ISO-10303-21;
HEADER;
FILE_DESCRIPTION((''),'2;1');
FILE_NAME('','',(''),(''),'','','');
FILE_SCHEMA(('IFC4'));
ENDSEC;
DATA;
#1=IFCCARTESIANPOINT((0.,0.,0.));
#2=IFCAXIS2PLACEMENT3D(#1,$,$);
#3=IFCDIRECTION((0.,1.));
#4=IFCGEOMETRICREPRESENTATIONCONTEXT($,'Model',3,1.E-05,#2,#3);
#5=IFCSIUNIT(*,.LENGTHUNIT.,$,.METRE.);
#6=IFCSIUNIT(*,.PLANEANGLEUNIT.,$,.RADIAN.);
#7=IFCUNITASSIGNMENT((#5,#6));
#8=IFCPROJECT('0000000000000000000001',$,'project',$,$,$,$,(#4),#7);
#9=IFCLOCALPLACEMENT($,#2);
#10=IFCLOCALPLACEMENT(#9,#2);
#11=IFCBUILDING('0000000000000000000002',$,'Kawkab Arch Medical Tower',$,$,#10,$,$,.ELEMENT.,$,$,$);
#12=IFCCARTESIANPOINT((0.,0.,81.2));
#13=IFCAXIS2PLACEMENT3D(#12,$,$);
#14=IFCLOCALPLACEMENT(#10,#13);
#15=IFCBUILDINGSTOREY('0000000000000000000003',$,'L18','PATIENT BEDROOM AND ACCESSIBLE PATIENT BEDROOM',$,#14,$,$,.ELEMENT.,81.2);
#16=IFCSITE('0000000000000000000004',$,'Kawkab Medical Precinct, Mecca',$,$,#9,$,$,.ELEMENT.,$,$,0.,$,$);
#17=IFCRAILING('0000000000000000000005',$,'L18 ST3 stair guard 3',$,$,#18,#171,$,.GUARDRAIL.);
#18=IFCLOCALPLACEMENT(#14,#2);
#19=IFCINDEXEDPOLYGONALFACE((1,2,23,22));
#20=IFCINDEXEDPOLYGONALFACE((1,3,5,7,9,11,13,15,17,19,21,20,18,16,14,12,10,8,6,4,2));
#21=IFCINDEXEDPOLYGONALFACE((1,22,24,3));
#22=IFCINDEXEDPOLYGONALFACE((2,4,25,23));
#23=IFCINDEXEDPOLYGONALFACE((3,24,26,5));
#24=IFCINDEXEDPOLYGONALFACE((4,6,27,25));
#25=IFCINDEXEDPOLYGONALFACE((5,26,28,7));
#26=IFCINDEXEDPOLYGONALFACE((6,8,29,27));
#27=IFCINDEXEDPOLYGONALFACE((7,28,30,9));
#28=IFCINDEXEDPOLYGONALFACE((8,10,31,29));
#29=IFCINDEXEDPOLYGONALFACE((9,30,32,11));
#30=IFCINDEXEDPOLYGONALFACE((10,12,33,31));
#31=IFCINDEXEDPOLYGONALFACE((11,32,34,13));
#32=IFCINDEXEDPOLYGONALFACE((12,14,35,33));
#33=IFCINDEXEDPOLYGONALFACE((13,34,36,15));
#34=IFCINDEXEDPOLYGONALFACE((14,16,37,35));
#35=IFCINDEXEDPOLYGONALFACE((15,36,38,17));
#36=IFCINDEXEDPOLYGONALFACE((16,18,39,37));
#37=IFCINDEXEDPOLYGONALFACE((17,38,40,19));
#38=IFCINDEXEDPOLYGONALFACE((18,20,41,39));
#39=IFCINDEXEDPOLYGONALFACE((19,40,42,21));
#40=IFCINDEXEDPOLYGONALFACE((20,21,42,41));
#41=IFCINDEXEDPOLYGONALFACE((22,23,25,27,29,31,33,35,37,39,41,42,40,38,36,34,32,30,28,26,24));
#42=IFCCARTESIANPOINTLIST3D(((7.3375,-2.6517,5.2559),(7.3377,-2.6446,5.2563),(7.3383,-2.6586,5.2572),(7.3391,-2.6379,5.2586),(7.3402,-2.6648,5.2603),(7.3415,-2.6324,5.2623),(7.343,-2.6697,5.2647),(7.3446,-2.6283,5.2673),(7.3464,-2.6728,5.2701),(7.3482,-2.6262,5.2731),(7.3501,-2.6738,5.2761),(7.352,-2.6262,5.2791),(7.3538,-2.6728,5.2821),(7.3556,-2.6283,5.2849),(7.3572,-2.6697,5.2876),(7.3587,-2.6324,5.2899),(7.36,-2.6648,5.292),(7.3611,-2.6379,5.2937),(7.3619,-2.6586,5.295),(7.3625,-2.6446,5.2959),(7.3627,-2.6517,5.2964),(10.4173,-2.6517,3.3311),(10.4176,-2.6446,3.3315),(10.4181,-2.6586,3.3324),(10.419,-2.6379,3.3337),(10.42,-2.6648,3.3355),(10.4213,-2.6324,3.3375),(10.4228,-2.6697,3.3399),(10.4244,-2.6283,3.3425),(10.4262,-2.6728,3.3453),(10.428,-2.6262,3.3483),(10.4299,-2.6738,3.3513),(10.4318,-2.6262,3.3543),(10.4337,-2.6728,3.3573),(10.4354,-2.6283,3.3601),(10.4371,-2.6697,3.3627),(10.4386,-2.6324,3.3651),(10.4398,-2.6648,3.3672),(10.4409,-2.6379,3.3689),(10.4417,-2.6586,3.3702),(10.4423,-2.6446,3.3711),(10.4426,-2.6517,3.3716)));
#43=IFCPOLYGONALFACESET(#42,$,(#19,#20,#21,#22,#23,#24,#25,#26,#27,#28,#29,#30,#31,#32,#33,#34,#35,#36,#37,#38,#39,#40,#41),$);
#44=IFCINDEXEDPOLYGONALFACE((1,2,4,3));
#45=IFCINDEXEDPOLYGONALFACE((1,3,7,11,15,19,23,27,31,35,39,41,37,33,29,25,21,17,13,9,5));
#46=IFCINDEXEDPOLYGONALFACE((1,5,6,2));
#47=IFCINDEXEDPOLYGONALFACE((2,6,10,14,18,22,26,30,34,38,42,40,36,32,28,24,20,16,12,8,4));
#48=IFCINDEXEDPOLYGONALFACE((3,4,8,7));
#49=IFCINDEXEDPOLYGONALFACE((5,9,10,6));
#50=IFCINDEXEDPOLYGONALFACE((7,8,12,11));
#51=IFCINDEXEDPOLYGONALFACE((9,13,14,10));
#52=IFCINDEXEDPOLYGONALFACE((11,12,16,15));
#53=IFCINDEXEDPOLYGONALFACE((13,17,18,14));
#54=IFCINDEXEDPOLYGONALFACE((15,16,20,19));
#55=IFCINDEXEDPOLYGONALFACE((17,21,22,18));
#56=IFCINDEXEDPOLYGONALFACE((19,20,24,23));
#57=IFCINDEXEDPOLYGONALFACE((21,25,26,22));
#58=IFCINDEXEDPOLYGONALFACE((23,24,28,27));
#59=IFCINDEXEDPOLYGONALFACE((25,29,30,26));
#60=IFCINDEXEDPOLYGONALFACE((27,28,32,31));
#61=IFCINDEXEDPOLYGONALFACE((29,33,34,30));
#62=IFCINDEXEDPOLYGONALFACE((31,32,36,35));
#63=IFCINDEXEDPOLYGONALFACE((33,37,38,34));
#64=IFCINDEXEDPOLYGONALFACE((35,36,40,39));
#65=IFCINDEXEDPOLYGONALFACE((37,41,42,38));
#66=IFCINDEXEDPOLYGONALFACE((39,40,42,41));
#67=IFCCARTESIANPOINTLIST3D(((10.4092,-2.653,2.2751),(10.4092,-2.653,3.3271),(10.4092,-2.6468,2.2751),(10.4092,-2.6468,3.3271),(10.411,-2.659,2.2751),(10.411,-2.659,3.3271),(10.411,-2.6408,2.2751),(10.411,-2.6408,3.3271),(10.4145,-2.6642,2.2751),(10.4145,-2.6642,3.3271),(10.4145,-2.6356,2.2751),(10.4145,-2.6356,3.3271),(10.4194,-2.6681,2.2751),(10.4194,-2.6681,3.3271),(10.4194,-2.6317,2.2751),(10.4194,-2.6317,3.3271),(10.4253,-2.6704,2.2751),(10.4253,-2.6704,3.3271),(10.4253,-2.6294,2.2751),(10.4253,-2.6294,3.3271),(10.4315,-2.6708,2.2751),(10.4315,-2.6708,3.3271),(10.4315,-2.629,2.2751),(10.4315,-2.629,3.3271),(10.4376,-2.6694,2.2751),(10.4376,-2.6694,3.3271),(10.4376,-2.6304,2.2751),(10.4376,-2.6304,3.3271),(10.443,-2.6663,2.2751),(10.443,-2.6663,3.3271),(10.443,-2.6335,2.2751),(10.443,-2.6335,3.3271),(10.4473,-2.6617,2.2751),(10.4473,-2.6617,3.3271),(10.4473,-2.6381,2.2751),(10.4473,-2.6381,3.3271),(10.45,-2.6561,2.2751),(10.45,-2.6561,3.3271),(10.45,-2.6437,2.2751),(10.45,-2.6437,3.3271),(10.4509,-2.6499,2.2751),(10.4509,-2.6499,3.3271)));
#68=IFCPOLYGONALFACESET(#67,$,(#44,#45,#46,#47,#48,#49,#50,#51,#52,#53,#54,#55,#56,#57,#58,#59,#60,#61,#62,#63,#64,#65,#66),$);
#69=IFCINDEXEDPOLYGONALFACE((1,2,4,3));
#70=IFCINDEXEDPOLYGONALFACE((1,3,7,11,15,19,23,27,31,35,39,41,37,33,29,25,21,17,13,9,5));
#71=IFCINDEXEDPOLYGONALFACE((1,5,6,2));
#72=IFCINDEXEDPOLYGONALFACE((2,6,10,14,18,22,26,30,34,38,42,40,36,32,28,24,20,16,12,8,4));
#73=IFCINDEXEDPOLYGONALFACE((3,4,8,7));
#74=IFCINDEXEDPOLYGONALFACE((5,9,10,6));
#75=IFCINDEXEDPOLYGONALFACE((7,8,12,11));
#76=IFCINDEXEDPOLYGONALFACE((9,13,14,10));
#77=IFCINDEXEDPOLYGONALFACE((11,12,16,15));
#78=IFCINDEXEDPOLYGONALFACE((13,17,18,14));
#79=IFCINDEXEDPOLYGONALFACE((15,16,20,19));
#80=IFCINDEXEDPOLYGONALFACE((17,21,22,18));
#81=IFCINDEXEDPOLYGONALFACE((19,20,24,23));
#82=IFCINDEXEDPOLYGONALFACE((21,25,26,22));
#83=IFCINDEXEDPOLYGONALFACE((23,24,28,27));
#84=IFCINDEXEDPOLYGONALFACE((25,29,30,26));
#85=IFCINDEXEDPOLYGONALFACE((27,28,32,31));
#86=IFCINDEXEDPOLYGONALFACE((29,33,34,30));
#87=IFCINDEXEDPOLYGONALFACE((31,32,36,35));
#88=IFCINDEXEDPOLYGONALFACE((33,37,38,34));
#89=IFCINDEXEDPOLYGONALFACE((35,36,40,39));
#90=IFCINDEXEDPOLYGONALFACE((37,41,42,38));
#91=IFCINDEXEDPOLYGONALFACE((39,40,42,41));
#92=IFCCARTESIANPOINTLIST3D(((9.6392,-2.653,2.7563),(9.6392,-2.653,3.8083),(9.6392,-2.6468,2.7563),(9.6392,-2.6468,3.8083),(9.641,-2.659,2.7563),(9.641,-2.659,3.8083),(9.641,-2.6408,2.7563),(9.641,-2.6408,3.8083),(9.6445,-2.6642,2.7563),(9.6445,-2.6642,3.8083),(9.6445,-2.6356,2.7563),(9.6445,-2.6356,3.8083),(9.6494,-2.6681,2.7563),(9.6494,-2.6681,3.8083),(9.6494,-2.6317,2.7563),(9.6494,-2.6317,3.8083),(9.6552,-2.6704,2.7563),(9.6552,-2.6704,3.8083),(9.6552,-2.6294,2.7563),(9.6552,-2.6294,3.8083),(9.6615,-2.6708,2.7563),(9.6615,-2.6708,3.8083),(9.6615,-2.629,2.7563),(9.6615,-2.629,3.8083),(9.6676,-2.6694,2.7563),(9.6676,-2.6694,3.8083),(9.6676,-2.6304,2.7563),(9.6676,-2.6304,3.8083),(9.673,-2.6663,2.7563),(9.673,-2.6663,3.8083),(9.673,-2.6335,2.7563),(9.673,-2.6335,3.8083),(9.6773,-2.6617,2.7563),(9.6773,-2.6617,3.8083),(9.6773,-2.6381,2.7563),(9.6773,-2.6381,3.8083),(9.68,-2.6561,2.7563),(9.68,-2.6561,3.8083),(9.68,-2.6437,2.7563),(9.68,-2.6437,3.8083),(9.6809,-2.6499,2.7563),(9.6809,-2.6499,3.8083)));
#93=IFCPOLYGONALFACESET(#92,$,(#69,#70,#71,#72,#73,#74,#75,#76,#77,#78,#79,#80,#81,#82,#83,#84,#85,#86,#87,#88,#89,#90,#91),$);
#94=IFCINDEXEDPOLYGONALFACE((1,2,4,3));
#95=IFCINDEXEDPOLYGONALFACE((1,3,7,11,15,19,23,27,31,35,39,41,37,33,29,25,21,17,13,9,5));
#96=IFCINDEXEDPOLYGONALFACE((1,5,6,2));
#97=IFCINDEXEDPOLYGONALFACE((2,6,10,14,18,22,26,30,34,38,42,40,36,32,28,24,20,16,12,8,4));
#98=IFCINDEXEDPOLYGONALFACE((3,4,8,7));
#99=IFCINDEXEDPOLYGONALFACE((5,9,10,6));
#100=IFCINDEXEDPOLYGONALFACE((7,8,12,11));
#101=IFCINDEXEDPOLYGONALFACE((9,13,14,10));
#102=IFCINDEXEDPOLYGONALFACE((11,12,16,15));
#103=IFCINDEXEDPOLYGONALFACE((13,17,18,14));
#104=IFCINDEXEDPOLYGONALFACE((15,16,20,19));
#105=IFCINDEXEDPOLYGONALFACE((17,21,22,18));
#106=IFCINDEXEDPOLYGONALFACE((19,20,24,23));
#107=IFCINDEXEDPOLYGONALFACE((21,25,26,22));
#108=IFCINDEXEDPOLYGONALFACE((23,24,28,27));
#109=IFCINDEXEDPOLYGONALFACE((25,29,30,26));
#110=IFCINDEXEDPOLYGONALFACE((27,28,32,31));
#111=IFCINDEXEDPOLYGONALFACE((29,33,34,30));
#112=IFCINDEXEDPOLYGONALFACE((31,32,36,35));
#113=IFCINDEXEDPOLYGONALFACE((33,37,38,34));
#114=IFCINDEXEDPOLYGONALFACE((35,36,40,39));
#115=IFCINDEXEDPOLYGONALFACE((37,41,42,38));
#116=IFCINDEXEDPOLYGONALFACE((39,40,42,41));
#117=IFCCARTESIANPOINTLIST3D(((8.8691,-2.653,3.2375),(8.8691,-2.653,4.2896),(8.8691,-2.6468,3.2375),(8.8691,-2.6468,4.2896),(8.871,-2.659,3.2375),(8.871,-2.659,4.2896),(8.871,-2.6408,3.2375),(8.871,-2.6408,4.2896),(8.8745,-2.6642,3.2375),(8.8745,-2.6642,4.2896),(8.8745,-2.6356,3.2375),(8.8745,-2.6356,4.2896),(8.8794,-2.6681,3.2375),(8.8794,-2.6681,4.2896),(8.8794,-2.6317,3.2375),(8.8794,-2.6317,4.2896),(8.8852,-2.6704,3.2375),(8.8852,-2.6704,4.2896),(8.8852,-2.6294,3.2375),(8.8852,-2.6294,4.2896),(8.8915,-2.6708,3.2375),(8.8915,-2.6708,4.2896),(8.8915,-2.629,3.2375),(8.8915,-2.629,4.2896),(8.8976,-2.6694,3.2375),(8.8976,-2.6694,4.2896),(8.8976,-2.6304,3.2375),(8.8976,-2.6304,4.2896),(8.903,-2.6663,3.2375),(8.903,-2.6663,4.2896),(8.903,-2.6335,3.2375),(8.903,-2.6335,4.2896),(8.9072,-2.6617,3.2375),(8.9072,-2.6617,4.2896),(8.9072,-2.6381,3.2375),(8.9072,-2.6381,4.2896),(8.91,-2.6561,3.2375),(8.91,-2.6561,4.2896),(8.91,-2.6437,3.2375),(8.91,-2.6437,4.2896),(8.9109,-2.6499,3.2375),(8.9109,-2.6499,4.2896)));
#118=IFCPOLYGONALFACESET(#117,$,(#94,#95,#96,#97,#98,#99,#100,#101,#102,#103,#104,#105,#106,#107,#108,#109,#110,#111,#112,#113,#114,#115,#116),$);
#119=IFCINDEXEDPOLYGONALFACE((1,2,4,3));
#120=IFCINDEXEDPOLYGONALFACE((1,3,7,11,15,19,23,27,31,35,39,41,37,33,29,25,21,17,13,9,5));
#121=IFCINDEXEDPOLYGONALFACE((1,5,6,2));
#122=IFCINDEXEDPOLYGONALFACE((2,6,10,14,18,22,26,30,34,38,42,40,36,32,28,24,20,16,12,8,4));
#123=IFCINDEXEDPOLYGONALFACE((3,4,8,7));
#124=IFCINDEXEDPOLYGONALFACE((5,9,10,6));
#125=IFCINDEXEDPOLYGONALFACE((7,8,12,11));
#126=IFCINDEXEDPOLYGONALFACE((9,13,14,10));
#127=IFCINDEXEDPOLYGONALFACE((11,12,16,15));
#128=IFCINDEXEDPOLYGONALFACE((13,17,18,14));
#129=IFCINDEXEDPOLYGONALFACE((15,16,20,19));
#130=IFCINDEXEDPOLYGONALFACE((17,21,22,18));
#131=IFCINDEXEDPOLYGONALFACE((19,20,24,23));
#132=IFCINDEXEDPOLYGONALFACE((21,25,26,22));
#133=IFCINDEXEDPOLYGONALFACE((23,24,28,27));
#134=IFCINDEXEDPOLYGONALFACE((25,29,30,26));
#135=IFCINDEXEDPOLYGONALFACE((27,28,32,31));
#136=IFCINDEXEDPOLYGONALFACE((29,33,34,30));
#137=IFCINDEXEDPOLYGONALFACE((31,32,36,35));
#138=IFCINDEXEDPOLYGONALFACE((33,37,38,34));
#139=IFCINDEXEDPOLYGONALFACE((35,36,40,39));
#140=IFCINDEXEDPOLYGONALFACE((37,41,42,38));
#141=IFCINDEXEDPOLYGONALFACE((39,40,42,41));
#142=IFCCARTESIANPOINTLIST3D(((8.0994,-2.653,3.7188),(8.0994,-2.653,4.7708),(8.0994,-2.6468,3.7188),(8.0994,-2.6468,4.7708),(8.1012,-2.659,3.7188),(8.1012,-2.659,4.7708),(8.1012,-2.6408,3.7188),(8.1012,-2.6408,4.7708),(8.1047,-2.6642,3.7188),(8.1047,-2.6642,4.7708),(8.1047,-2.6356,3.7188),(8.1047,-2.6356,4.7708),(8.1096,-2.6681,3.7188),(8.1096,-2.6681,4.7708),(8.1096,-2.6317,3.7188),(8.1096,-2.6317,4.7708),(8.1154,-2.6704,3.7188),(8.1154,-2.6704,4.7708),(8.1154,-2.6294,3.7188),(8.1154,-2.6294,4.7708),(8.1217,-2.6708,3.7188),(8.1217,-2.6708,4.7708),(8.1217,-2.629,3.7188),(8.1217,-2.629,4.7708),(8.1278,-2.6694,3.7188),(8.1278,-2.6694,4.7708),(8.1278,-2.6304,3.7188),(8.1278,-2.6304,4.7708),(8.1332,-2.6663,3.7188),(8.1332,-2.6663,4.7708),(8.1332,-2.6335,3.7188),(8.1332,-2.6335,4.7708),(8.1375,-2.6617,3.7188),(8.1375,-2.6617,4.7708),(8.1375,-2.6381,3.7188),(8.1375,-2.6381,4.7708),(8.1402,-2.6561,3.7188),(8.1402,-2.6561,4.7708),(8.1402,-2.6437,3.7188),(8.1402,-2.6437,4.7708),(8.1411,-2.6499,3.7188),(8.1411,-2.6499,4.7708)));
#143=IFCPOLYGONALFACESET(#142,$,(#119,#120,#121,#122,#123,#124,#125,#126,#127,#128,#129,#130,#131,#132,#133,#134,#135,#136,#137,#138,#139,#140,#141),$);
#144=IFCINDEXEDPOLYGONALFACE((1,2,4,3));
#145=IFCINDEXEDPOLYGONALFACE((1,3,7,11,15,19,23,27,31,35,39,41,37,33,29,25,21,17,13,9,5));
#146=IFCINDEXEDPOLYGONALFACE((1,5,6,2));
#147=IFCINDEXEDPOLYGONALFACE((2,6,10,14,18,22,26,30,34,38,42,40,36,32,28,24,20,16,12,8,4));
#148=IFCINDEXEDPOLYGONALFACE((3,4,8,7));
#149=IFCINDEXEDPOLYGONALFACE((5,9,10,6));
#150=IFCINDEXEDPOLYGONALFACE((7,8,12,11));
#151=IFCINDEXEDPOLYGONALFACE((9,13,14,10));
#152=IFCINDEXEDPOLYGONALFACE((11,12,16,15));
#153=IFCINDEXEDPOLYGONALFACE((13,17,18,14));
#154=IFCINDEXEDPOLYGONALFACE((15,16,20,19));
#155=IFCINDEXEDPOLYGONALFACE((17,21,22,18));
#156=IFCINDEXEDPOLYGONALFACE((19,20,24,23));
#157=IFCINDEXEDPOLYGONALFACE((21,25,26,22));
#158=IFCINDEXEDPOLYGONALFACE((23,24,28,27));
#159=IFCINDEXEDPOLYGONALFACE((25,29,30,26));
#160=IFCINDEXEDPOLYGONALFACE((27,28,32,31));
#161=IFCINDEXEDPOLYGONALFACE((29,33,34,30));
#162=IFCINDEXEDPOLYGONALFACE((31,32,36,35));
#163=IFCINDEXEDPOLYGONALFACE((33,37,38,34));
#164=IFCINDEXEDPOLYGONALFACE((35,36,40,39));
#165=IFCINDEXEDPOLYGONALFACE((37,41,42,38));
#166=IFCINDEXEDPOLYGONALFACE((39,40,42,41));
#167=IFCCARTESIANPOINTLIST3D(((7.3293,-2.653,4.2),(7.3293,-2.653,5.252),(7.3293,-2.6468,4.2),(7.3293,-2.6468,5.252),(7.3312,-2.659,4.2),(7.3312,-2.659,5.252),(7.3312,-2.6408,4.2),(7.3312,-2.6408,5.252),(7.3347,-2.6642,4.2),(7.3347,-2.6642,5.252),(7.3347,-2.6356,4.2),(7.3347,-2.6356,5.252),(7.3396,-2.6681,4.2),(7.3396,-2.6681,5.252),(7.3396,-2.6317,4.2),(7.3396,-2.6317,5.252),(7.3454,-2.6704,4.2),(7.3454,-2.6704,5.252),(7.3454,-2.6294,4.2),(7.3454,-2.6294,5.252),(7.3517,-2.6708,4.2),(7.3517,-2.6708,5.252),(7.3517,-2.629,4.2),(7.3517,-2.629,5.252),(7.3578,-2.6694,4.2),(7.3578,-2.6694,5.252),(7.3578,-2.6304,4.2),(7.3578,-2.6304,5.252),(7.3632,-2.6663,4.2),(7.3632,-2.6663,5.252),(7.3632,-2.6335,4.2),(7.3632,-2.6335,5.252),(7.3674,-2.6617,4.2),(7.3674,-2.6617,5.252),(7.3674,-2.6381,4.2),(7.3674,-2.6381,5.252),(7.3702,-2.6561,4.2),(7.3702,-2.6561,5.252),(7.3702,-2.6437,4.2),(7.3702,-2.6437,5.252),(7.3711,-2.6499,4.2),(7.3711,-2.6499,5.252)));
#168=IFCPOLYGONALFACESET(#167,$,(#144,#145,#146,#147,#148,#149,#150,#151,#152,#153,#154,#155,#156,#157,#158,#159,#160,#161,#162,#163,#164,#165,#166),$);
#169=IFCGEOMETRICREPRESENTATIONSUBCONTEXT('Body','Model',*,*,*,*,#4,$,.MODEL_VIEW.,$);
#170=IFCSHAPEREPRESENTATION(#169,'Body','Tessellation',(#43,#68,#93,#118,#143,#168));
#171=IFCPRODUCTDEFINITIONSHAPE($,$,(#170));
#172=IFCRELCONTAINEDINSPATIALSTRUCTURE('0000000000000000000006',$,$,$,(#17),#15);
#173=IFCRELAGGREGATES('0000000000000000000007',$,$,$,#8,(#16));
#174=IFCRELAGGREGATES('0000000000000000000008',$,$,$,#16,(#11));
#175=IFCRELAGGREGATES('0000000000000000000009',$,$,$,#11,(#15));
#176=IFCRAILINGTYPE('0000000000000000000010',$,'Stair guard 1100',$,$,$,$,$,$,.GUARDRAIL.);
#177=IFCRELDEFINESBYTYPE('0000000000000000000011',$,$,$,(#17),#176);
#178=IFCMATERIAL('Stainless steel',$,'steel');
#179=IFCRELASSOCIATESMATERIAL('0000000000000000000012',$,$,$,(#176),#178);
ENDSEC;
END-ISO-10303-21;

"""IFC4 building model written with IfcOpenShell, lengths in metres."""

from ifc_helpers import new_model, si_unit, direction, frame, origin, origin_2d, place, context, subcontext, project, spatial, circle, extrude, material, type_object, element, save


model = new_model("IFC4")

# Units and contexts
model_context = context("Model", 3, precision=1e-05, world=origin(), true_north=direction((0.0, 1.0)))
body_context = subcontext(model_context, "Body", "Model", "MODEL_VIEW")
ifc_project = project(units=[si_unit("LENGTHUNIT", "METRE"), si_unit("PLANEANGLEUNIT", "RADIAN")], contexts=[model_context])

# Site, building, storey
site_placement = place(None, origin())
site = spatial("IfcSite", under=ifc_project, at=site_placement, Name="Kawkab Medical Precinct, Mecca", CompositionType="ELEMENT", RefElevation=0.0)
building_placement = place(site_placement, origin())
building = spatial("IfcBuilding", under=site, at=building_placement, Name="Kawkab Arch Medical Tower", CompositionType="ELEMENT")
storey_placement = place(building_placement, frame((0.0, 0.0, 81.2)))
storey = spatial("IfcBuildingStorey", under=building, at=storey_placement, Name="L18", Description="PATIENT BEDROOM AND ACCESSIBLE PATIENT BEDROOM", CompositionType="ELEMENT", Elevation=81.2)

# Railing
ifc_material_1 = material(Name="Stainless steel", Category="steel")
railing_type_1 = type_object("IfcRailingType", Name="Stair guard 1100", PredefinedType="GUARDRAIL", material=ifc_material_1)
railing_1_placement = place(storey_placement, frame((10.4299, -2.6499, 2.2751)))
element("IfcRailing", 1, at=railing_1_placement, inside=storey, type_object=railing_type_1, Name="L18 ST3 stair guard 3", PredefinedType="GUARDRAIL", context=body_context, shape_type="SweptSolid", body=[
    extrude(circle(Radius=0.0239, at=origin_2d()), frame((0.0, 0.0, 1.0762), z_axis=(-0.84801, 0.0, 0.529981), x_axis=(0.0, -1.0, 0.0)), (0.0, 0.0, 1.0), 3.6318),
    extrude(circle(Radius=0.021, at=origin_2d()), origin(), (0.0, 0.0, 1.0), 1.052),
    extrude(circle(Radius=0.021, at=origin_2d()), frame((-0.77, 0.0, 0.4812)), (0.0, 0.0, 1.0), 1.052),
    extrude(circle(Radius=0.021, at=origin_2d()), frame((-1.54, 0.0, 0.9624)), (0.0, 0.0, 1.0), 1.052),
    extrude(circle(Radius=0.021, at=origin_2d()), frame((-2.3098, 0.0, 1.4436)), (0.0, 0.0, 1.0), 1.052),
    extrude(circle(Radius=0.021, at=origin_2d()), frame((-3.0798, 0.0, 1.9248)), (0.0, 0.0, 1.0), 1.052),
])

save(model, "model.ifc")
